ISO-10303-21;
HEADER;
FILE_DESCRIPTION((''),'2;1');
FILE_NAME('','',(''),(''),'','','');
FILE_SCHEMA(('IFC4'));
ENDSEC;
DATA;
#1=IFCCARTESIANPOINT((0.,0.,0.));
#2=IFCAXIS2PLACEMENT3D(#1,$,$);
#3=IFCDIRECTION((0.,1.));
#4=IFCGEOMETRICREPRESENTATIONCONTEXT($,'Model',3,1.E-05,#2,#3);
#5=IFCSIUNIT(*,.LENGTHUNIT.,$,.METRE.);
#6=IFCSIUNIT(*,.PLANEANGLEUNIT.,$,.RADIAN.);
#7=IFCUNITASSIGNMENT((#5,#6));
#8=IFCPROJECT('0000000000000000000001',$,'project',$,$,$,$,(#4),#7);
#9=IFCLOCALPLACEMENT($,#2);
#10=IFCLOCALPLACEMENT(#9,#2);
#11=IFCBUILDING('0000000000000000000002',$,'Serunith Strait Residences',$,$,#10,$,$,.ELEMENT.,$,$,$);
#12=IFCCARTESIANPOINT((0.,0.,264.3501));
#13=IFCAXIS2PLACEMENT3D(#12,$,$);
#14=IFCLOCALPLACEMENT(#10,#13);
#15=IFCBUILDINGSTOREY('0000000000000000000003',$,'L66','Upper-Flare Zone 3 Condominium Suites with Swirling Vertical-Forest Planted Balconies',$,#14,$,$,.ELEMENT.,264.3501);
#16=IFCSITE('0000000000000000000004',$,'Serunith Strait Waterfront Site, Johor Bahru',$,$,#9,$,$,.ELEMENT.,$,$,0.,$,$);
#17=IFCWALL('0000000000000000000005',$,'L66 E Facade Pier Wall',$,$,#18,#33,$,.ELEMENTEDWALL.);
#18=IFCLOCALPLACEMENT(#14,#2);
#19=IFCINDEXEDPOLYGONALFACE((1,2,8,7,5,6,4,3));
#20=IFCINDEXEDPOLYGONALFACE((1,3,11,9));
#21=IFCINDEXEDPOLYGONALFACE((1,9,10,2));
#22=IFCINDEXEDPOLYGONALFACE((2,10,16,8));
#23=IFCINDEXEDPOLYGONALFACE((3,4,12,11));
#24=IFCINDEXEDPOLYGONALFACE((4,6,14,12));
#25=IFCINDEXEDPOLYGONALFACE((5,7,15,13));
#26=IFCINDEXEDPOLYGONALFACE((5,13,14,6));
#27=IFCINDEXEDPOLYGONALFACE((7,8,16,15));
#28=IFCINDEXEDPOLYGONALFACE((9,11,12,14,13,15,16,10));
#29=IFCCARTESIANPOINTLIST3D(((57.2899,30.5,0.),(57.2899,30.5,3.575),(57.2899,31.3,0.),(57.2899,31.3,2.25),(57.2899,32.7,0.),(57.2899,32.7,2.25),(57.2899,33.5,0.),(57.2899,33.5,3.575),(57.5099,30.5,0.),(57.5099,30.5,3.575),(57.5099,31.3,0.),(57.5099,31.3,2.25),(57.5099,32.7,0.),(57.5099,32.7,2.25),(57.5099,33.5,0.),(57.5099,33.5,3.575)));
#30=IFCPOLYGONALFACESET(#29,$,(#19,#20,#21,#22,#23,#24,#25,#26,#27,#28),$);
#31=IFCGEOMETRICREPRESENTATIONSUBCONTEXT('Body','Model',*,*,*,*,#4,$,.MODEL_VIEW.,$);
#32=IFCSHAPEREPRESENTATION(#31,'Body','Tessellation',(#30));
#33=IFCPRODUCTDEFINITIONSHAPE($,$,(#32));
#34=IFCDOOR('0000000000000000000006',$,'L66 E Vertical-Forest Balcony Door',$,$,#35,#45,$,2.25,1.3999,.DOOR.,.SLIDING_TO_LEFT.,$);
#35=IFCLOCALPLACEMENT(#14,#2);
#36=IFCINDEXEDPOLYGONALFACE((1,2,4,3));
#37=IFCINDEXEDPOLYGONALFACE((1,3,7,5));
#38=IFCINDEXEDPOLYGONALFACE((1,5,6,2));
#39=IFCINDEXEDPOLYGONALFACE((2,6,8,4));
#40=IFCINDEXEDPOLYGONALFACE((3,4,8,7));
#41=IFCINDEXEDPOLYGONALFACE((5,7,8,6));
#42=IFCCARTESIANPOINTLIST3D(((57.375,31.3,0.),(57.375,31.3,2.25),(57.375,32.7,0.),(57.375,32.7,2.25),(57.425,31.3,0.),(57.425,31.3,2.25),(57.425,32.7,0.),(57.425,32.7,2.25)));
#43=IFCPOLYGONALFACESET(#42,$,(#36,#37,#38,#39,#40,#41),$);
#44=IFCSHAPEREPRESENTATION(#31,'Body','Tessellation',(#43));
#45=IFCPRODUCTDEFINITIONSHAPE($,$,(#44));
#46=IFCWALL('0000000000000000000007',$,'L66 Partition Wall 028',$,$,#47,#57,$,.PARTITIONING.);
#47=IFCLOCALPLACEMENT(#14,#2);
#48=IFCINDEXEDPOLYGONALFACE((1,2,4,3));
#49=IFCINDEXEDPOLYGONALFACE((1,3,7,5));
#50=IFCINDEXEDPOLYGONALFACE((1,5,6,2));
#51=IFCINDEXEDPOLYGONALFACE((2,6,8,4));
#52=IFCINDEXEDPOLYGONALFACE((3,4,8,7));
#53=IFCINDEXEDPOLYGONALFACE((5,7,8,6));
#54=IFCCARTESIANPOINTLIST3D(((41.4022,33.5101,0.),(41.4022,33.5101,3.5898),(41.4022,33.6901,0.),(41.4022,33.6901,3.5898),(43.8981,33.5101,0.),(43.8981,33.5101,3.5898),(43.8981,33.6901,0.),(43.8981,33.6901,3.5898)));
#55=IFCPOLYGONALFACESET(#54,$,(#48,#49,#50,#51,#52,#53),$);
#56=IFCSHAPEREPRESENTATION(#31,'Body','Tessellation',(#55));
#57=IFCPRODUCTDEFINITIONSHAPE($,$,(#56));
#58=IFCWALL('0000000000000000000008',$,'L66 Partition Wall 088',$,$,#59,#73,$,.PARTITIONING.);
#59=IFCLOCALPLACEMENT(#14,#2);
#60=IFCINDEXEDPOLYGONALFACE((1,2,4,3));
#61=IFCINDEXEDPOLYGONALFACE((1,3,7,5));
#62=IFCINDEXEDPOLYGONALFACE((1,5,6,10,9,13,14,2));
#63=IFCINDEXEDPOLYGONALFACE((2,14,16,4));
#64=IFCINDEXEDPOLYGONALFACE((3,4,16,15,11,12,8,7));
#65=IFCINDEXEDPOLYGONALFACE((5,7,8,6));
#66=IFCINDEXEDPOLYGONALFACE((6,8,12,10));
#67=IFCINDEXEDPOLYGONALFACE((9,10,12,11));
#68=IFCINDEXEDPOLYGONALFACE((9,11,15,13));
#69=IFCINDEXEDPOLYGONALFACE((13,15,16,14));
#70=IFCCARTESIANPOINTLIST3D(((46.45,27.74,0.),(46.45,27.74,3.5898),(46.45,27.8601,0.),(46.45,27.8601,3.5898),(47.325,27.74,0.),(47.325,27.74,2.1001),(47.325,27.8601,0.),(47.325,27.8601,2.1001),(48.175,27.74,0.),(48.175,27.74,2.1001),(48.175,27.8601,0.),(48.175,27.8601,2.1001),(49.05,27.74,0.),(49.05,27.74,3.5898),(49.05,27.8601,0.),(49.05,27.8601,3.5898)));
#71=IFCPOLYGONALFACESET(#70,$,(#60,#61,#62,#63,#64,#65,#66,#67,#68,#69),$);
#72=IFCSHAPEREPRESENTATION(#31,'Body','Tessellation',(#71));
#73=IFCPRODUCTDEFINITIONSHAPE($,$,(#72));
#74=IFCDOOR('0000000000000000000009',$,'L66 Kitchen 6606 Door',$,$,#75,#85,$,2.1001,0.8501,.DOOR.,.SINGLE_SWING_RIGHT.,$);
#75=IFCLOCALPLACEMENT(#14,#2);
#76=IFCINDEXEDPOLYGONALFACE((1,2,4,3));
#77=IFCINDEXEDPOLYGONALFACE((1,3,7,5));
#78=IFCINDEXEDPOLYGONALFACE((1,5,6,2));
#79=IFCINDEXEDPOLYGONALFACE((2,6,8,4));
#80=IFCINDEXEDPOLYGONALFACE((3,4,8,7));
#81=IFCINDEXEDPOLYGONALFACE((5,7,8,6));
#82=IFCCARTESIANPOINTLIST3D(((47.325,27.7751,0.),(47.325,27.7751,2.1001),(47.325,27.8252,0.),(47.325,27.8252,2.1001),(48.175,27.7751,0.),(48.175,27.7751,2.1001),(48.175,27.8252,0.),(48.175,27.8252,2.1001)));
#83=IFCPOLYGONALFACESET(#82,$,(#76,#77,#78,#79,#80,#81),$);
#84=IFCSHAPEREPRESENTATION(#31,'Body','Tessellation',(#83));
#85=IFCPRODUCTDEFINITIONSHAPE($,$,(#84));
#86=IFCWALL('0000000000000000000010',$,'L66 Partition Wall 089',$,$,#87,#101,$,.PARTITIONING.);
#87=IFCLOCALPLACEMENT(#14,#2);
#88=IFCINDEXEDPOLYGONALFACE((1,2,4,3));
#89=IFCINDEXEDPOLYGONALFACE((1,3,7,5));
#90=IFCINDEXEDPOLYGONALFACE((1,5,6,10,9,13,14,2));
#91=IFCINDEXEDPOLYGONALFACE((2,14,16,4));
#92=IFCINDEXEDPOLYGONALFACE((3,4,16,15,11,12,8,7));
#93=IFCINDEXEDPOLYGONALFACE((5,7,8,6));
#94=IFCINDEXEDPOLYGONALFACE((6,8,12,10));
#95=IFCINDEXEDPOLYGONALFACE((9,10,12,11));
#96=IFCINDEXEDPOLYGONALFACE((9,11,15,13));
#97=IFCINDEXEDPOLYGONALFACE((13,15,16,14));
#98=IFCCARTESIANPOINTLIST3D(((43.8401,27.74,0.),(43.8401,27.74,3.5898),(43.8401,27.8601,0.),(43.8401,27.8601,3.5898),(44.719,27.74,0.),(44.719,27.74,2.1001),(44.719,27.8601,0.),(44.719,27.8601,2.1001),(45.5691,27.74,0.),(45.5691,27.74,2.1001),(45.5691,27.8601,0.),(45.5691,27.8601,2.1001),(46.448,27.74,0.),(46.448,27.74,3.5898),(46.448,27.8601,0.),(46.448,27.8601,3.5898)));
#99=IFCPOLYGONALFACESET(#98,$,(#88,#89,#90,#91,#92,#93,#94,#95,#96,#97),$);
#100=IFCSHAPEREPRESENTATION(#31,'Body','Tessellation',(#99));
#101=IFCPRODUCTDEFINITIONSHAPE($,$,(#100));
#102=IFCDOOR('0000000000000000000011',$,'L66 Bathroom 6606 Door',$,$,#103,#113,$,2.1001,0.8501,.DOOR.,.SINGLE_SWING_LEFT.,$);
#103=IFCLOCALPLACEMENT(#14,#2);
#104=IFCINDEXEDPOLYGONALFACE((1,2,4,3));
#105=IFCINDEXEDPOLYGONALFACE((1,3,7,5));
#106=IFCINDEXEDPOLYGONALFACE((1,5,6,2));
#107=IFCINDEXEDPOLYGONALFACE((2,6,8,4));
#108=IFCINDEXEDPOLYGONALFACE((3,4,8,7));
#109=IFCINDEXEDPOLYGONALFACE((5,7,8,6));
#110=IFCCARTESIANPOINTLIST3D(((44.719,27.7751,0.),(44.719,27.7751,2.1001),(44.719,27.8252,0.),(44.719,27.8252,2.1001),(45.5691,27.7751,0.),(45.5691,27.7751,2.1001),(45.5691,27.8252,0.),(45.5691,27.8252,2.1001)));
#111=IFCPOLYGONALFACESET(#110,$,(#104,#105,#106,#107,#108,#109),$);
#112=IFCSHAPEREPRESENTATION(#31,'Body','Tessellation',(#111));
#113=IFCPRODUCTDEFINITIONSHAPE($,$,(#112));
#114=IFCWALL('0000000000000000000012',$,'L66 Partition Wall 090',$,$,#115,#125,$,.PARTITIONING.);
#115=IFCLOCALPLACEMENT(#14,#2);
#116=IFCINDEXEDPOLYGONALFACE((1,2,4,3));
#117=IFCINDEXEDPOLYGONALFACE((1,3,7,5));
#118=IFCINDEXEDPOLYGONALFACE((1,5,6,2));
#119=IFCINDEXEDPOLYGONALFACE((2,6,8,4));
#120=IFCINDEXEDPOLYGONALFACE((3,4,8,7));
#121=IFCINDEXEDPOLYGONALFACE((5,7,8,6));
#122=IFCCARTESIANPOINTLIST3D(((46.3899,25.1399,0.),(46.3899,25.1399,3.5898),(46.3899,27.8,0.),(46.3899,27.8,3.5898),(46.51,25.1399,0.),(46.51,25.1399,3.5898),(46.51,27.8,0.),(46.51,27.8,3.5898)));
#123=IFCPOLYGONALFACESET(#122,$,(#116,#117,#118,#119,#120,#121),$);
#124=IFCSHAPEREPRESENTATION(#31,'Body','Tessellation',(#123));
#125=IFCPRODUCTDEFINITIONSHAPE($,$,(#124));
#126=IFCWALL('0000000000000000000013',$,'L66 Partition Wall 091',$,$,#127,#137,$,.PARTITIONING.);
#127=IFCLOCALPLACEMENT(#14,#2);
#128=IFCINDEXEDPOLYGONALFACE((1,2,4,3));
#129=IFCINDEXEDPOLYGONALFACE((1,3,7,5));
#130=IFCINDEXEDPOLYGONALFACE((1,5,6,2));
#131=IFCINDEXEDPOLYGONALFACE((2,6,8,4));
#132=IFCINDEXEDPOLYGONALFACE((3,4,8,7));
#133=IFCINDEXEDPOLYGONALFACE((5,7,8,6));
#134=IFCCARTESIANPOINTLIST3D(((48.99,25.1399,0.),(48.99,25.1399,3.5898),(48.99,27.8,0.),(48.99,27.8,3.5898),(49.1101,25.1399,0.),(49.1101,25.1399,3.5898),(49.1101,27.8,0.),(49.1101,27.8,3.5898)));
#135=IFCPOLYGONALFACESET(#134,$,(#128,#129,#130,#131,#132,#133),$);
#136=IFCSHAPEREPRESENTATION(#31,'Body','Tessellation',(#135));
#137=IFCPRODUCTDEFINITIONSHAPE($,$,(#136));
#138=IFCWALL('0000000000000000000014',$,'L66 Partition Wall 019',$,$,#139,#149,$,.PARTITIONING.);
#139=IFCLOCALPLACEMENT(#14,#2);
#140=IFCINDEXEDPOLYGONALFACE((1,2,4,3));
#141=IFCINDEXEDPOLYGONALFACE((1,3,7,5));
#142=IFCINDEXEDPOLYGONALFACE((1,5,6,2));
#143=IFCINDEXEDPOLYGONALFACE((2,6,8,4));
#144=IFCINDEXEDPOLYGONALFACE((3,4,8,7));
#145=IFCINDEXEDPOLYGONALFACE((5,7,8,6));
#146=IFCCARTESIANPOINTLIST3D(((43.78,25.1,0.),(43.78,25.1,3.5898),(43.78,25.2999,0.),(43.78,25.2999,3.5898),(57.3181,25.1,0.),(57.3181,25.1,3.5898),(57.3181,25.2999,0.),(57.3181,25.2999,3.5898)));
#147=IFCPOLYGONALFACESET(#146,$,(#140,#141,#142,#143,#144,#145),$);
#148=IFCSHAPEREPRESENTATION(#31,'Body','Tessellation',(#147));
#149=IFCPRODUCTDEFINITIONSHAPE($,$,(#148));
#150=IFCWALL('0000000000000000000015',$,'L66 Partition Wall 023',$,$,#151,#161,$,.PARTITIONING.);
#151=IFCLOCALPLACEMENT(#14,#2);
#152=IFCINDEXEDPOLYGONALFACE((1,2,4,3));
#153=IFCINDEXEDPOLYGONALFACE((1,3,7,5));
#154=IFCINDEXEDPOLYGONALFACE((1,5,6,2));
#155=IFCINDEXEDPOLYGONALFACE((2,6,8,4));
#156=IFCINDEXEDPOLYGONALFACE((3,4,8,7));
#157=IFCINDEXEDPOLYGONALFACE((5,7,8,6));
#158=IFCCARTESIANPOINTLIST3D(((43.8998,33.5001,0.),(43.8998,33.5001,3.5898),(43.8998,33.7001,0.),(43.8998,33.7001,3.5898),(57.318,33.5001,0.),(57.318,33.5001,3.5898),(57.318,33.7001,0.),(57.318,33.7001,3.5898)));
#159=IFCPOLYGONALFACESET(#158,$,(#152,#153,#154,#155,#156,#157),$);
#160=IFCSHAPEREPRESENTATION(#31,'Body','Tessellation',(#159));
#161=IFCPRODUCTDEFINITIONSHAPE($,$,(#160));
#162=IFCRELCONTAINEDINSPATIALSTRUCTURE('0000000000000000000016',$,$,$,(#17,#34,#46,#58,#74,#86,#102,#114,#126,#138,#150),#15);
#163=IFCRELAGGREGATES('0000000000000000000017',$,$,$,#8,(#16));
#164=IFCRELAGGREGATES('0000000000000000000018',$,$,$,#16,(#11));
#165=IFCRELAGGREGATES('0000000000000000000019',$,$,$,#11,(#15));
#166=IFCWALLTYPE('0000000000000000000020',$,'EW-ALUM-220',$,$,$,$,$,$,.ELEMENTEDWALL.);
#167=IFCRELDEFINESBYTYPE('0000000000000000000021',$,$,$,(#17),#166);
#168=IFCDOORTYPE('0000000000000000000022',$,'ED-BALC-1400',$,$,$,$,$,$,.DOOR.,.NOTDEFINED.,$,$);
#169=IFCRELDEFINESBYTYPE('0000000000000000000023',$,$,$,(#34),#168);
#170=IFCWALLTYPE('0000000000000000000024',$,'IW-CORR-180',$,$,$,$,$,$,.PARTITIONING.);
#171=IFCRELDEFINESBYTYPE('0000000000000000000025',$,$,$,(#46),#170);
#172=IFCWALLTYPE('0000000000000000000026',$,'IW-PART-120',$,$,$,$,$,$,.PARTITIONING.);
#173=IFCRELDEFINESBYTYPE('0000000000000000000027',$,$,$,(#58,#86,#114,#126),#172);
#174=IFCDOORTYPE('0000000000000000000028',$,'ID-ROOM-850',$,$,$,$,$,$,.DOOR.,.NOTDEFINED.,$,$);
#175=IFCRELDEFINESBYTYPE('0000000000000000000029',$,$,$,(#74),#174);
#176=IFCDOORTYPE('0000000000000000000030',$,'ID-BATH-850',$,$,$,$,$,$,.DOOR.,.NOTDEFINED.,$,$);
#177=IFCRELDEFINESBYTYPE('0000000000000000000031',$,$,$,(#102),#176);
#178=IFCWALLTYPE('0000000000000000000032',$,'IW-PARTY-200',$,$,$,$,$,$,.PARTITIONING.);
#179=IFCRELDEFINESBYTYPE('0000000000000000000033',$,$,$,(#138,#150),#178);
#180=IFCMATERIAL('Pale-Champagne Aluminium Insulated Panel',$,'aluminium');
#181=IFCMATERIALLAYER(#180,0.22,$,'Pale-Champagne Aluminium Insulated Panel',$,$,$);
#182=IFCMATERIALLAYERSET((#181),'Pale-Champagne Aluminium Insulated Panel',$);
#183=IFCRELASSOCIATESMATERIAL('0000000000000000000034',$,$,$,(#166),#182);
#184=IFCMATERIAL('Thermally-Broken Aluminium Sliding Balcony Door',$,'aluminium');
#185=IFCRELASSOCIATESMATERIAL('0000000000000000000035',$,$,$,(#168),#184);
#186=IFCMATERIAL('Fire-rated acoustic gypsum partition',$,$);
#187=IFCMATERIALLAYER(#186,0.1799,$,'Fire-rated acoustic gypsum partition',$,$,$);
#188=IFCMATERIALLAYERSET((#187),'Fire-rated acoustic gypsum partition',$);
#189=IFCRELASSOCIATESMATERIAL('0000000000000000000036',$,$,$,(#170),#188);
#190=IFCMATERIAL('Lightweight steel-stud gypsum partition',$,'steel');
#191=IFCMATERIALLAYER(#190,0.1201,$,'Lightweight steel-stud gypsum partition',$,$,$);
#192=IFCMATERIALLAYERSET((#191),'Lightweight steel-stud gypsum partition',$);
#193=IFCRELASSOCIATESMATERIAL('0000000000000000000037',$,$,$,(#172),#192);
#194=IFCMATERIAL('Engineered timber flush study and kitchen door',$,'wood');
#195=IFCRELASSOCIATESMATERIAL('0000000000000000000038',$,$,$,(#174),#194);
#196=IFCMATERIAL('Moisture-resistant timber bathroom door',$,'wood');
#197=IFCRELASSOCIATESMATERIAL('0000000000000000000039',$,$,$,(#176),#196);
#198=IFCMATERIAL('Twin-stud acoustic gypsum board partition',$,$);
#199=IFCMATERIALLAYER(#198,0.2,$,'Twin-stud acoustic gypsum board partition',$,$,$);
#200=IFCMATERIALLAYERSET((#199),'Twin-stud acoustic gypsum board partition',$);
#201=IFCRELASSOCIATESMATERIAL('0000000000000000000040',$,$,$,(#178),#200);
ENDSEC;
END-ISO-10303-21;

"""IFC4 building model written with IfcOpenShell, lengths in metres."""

from ifc_helpers import new_model, si_unit, direction, frame, frame_2d, origin, place, context, subcontext, project, spatial, rectangle, extrude, source, transform, mapped, material, layer, layer_set, type_object, element, fill, save


model = new_model("IFC4")

# Units and contexts
model_context = context("Model", 3, precision=1e-05, world=origin(), true_north=direction((0.0, 1.0)))
body_context = subcontext(model_context, "Body", "Model", "MODEL_VIEW")
ifc_project = project(units=[si_unit("LENGTHUNIT", "METRE"), si_unit("PLANEANGLEUNIT", "RADIAN")], contexts=[model_context])

# Site, building, storey
site_placement = place(None, origin())
site = spatial("IfcSite", under=ifc_project, at=site_placement, Name="Serunith Strait Waterfront Site, Johor Bahru", CompositionType="ELEMENT", RefElevation=0.0)
building_placement = place(site_placement, origin())
building = spatial("IfcBuilding", under=site, at=building_placement, Name="Serunith Strait Residences", CompositionType="ELEMENT")
storey_placement = place(building_placement, frame((0.0, 0.0, 264.3501)))
storey = spatial("IfcBuildingStorey", under=building, at=storey_placement, Name="L66", Description="Upper-Flare Zone 3 Condominium Suites with Swirling Vertical-Forest Planted Balconies", CompositionType="ELEMENT", Elevation=264.3501)

# Wall, opening, door
ifc_material_1 = material(Name="Pale-Champagne Aluminium Insulated Panel", Category="aluminium")
ifc_layer_1 = layer(ifc_material_1, 0.22, Name="Pale-Champagne Aluminium Insulated Panel")
ifc_layer_set_1 = layer_set([ifc_layer_1], Name="Pale-Champagne Aluminium Insulated Panel")
wall_type_1 = type_object("IfcWallType", Name="EW-ALUM-220", PredefinedType="ELEMENTEDWALL", material=ifc_layer_set_1)
wall_1_placement = place(storey_placement, frame((57.3999, 30.5, 0.0), z_axis=(0.0, 0.0, 1.0), x_axis=(0.0, 1.0, 0.0)))
wall_1 = element("IfcWall", 1, at=wall_1_placement, inside=storey, type_object=wall_type_1, Name="L66 E Facade Pier Wall", PredefinedType="ELEMENTEDWALL", context=body_context, shape_type="SweptSolid", body=[
    extrude(rectangle(XDim=3.0, YDim=0.22, at=frame_2d((1.5, 0.0))), origin(), (0.0, 0.0, 1.0), 3.575),
])
opening_1_placement = place(wall_1_placement, frame((0.8, 0.0, 0.0)))
opening_1 = element("IfcOpeningElement", 2, at=opening_1_placement, cuts=wall_1, PredefinedType="OPENING", context=body_context, shape_type="SweptSolid", body=[
    extrude(rectangle(XDim=1.3999, YDim=2.25, at=frame_2d((0.7, 1.125))), frame((0.0, 0.1201, 0.0), z_axis=(0.0, -1.0, 0.0), x_axis=(1.0, 0.0, 0.0)), (0.0, 0.0, 1.0), 0.24),
])
ifc_material_2 = material(Name="Thermally-Broken Aluminium Sliding Balcony Door", Category="aluminium")
door_type_1 = type_object("IfcDoorType", Name="ED-BALC-1400", OperationType="NOTDEFINED", PredefinedType="DOOR", material=ifc_material_2)
shared_shape_1 = source(origin(), body_context, "Body", "SweptSolid", [
    extrude(rectangle(XDim=1.3999, YDim=2.25, at=frame_2d((0.7, 1.125))), frame((0.0, 0.0249, 0.0), z_axis=(0.0, -1.0, 0.0), x_axis=(1.0, 0.0, 0.0)), (0.0, 0.0, 1.0), 0.05),
])
door_1_placement = place(opening_1_placement, origin())
door_1 = element("IfcDoor", 3, at=door_1_placement, inside=storey, type_object=door_type_1, Name="L66 E Vertical-Forest Balcony Door", OperationType="SLIDING_TO_LEFT", OverallHeight=2.25, OverallWidth=1.3999, PredefinedType="DOOR", context=body_context, shape_type="MappedRepresentation", body=[
    mapped(shared_shape_1, transform((0.0, 0.0, 0.0), scale=1.0)),
])
fill(opening_1, door_1)

# Wall
ifc_material_3 = material(Name="Fire-rated acoustic gypsum partition")
ifc_layer_2 = layer(ifc_material_3, 0.1799, Name="Fire-rated acoustic gypsum partition")
ifc_layer_set_2 = layer_set([ifc_layer_2], Name="Fire-rated acoustic gypsum partition")
wall_type_2 = type_object("IfcWallType", Name="IW-CORR-180", PredefinedType="PARTITIONING", material=ifc_layer_set_2)
wall_2_placement = place(storey_placement, frame((41.4021, 33.6001, 0.0), z_axis=(0.0, 0.0, 1.0), x_axis=(1.0, 0.0, 0.0)))
element("IfcWall", 4, at=wall_2_placement, inside=storey, type_object=wall_type_2, Name="L66 Partition Wall 028", PredefinedType="PARTITIONING", context=body_context, shape_type="SweptSolid", body=[
    extrude(rectangle(XDim=2.4958, YDim=0.1799, at=frame_2d((1.248, 0.0))), origin(), (0.0, 0.0, 1.0), 3.5898),
])

# Walls, openings, doors
ifc_material_4 = material(Name="Lightweight steel-stud gypsum partition", Category="steel")
ifc_layer_3 = layer(ifc_material_4, 0.1201, Name="Lightweight steel-stud gypsum partition")
ifc_layer_set_3 = layer_set([ifc_layer_3], Name="Lightweight steel-stud gypsum partition")
wall_type_3 = type_object("IfcWallType", Name="IW-PART-120", PredefinedType="PARTITIONING", material=ifc_layer_set_3)
wall_3_placement = place(storey_placement, frame((49.05, 27.8, 0.0), z_axis=(0.0, 0.0, 1.0), x_axis=(-1.0, 0.0, 0.0)))
wall_3 = element("IfcWall", 5, at=wall_3_placement, inside=storey, type_object=wall_type_3, Name="L66 Partition Wall 088", PredefinedType="PARTITIONING", context=body_context, shape_type="SweptSolid", body=[
    extrude(rectangle(XDim=2.6001, YDim=0.1201, at=frame_2d((1.3, 0.0))), origin(), (0.0, 0.0, 1.0), 3.5898),
])
opening_2_placement = place(wall_3_placement, frame((0.875, 0.0, 0.0)))
opening_2 = element("IfcOpeningElement", 6, at=opening_2_placement, cuts=wall_3, PredefinedType="OPENING", context=body_context, shape_type="SweptSolid", body=[
    extrude(rectangle(XDim=0.8501, YDim=2.1001, at=frame_2d((0.425, 1.05))), frame((0.0, 0.0701, 0.0), z_axis=(0.0, -1.0, 0.0), x_axis=(1.0, 0.0, 0.0)), (0.0, 0.0, 1.0), 0.1401),
])
ifc_material_5 = material(Name="Engineered timber flush study and kitchen door", Category="wood")
door_type_2 = type_object("IfcDoorType", Name="ID-ROOM-850", OperationType="NOTDEFINED", PredefinedType="DOOR", material=ifc_material_5)
shared_shape_2 = source(origin(), body_context, "Body", "SweptSolid", [
    extrude(rectangle(XDim=0.8501, YDim=2.1001, at=frame_2d((0.425, 1.05))), frame((0.0, 0.0249, 0.0), z_axis=(0.0, -1.0, 0.0), x_axis=(1.0, 0.0, 0.0)), (0.0, 0.0, 1.0), 0.05),
])
door_2_placement = place(opening_2_placement, origin())
door_2 = element("IfcDoor", 7, at=door_2_placement, inside=storey, type_object=door_type_2, Name="L66 Kitchen 6606 Door", OperationType="SINGLE_SWING_RIGHT", OverallHeight=2.1001, OverallWidth=0.8501, PredefinedType="DOOR", context=body_context, shape_type="MappedRepresentation", body=[
    mapped(shared_shape_2, transform((0.0, 0.0, 0.0), scale=1.0)),
])
fill(opening_2, door_2)
wall_4_placement = place(storey_placement, frame((46.448, 27.8, 0.0), z_axis=(0.0, 0.0, 1.0), x_axis=(-1.0, 0.0, 0.0)))
wall_4 = element("IfcWall", 8, at=wall_4_placement, inside=storey, type_object=wall_type_3, Name="L66 Partition Wall 089", PredefinedType="PARTITIONING", context=body_context, shape_type="SweptSolid", body=[
    extrude(rectangle(XDim=2.6079, YDim=0.1201, at=frame_2d((1.304, 0.0))), origin(), (0.0, 0.0, 1.0), 3.5898),
])
opening_3_placement = place(wall_4_placement, frame((0.8789, 0.0, 0.0)))
opening_3 = element("IfcOpeningElement", 9, at=opening_3_placement, cuts=wall_4, PredefinedType="OPENING", context=body_context, shape_type="SweptSolid", body=[
    extrude(rectangle(XDim=0.8501, YDim=2.1001, at=frame_2d((0.425, 1.05))), frame((0.0, 0.0701, 0.0), z_axis=(0.0, -1.0, 0.0), x_axis=(1.0, 0.0, 0.0)), (0.0, 0.0, 1.0), 0.1401),
])
ifc_material_6 = material(Name="Moisture-resistant timber bathroom door", Category="wood")
door_type_3 = type_object("IfcDoorType", Name="ID-BATH-850", OperationType="NOTDEFINED", PredefinedType="DOOR", material=ifc_material_6)
door_3_placement = place(opening_3_placement, origin())
door_3 = element("IfcDoor", 10, at=door_3_placement, inside=storey, type_object=door_type_3, Name="L66 Bathroom 6606 Door", OperationType="SINGLE_SWING_LEFT", OverallHeight=2.1001, OverallWidth=0.8501, PredefinedType="DOOR", context=body_context, shape_type="MappedRepresentation", body=[
    mapped(shared_shape_2, transform((0.0, 0.0, 0.0), scale=1.0)),
])
fill(opening_3, door_3)

# Walls
for number, where, z_axis, x_axis, name in (
    (11, (46.45, 25.1399, 0.0), (0.0, 0.0, 1.0), (0.0, 1.0, 0.0), "L66 Partition Wall 090"),
    (12, (49.05, 25.1399, 0.0), (0.0, 0.0, 1.0), (0.0, 1.0, 0.0), "L66 Partition Wall 091"),
):
    element("IfcWall", number, at=place(storey_placement, frame(where, z_axis=z_axis, x_axis=x_axis)), inside=storey, type_object=wall_type_3, Name=name, PredefinedType="PARTITIONING", context=body_context, shape_type="SweptSolid", body=[
        extrude(rectangle(XDim=2.6602, YDim=0.1201, at=frame_2d((1.3301, 0.0))), origin(), (0.0, 0.0, 1.0), 3.5898),
    ])
ifc_material_7 = material(Name="Twin-stud acoustic gypsum board partition")
ifc_layer_4 = layer(ifc_material_7, 0.2, Name="Twin-stud acoustic gypsum board partition")
ifc_layer_set_4 = layer_set([ifc_layer_4], Name="Twin-stud acoustic gypsum board partition")
wall_type_4 = type_object("IfcWallType", Name="IW-PARTY-200", PredefinedType="PARTITIONING", material=ifc_layer_set_4)
wall_5_placement = place(storey_placement, frame((43.78, 25.2, 0.0), z_axis=(0.0, 0.0, 1.0), x_axis=(1.0, 0.0, 0.0)))
element("IfcWall", 13, at=wall_5_placement, inside=storey, type_object=wall_type_4, Name="L66 Partition Wall 019", PredefinedType="PARTITIONING", context=body_context, shape_type="SweptSolid", body=[
    extrude(rectangle(XDim=13.5381, YDim=0.2, at=frame_2d((6.769, 0.0))), origin(), (0.0, 0.0, 1.0), 3.5898),
])
wall_6_placement = place(storey_placement, frame((43.8999, 33.6001, 0.0), z_axis=(0.0, 0.0, 1.0), x_axis=(1.0, 0.0, 0.0)))
element("IfcWall", 14, at=wall_6_placement, inside=storey, type_object=wall_type_4, Name="L66 Partition Wall 023", PredefinedType="PARTITIONING", context=body_context, shape_type="SweptSolid", body=[
    extrude(rectangle(XDim=13.4182, YDim=0.2, at=frame_2d((6.709, 0.0))), origin(), (0.0, 0.0, 1.0), 3.5898),
])

save(model, "model.ifc")
